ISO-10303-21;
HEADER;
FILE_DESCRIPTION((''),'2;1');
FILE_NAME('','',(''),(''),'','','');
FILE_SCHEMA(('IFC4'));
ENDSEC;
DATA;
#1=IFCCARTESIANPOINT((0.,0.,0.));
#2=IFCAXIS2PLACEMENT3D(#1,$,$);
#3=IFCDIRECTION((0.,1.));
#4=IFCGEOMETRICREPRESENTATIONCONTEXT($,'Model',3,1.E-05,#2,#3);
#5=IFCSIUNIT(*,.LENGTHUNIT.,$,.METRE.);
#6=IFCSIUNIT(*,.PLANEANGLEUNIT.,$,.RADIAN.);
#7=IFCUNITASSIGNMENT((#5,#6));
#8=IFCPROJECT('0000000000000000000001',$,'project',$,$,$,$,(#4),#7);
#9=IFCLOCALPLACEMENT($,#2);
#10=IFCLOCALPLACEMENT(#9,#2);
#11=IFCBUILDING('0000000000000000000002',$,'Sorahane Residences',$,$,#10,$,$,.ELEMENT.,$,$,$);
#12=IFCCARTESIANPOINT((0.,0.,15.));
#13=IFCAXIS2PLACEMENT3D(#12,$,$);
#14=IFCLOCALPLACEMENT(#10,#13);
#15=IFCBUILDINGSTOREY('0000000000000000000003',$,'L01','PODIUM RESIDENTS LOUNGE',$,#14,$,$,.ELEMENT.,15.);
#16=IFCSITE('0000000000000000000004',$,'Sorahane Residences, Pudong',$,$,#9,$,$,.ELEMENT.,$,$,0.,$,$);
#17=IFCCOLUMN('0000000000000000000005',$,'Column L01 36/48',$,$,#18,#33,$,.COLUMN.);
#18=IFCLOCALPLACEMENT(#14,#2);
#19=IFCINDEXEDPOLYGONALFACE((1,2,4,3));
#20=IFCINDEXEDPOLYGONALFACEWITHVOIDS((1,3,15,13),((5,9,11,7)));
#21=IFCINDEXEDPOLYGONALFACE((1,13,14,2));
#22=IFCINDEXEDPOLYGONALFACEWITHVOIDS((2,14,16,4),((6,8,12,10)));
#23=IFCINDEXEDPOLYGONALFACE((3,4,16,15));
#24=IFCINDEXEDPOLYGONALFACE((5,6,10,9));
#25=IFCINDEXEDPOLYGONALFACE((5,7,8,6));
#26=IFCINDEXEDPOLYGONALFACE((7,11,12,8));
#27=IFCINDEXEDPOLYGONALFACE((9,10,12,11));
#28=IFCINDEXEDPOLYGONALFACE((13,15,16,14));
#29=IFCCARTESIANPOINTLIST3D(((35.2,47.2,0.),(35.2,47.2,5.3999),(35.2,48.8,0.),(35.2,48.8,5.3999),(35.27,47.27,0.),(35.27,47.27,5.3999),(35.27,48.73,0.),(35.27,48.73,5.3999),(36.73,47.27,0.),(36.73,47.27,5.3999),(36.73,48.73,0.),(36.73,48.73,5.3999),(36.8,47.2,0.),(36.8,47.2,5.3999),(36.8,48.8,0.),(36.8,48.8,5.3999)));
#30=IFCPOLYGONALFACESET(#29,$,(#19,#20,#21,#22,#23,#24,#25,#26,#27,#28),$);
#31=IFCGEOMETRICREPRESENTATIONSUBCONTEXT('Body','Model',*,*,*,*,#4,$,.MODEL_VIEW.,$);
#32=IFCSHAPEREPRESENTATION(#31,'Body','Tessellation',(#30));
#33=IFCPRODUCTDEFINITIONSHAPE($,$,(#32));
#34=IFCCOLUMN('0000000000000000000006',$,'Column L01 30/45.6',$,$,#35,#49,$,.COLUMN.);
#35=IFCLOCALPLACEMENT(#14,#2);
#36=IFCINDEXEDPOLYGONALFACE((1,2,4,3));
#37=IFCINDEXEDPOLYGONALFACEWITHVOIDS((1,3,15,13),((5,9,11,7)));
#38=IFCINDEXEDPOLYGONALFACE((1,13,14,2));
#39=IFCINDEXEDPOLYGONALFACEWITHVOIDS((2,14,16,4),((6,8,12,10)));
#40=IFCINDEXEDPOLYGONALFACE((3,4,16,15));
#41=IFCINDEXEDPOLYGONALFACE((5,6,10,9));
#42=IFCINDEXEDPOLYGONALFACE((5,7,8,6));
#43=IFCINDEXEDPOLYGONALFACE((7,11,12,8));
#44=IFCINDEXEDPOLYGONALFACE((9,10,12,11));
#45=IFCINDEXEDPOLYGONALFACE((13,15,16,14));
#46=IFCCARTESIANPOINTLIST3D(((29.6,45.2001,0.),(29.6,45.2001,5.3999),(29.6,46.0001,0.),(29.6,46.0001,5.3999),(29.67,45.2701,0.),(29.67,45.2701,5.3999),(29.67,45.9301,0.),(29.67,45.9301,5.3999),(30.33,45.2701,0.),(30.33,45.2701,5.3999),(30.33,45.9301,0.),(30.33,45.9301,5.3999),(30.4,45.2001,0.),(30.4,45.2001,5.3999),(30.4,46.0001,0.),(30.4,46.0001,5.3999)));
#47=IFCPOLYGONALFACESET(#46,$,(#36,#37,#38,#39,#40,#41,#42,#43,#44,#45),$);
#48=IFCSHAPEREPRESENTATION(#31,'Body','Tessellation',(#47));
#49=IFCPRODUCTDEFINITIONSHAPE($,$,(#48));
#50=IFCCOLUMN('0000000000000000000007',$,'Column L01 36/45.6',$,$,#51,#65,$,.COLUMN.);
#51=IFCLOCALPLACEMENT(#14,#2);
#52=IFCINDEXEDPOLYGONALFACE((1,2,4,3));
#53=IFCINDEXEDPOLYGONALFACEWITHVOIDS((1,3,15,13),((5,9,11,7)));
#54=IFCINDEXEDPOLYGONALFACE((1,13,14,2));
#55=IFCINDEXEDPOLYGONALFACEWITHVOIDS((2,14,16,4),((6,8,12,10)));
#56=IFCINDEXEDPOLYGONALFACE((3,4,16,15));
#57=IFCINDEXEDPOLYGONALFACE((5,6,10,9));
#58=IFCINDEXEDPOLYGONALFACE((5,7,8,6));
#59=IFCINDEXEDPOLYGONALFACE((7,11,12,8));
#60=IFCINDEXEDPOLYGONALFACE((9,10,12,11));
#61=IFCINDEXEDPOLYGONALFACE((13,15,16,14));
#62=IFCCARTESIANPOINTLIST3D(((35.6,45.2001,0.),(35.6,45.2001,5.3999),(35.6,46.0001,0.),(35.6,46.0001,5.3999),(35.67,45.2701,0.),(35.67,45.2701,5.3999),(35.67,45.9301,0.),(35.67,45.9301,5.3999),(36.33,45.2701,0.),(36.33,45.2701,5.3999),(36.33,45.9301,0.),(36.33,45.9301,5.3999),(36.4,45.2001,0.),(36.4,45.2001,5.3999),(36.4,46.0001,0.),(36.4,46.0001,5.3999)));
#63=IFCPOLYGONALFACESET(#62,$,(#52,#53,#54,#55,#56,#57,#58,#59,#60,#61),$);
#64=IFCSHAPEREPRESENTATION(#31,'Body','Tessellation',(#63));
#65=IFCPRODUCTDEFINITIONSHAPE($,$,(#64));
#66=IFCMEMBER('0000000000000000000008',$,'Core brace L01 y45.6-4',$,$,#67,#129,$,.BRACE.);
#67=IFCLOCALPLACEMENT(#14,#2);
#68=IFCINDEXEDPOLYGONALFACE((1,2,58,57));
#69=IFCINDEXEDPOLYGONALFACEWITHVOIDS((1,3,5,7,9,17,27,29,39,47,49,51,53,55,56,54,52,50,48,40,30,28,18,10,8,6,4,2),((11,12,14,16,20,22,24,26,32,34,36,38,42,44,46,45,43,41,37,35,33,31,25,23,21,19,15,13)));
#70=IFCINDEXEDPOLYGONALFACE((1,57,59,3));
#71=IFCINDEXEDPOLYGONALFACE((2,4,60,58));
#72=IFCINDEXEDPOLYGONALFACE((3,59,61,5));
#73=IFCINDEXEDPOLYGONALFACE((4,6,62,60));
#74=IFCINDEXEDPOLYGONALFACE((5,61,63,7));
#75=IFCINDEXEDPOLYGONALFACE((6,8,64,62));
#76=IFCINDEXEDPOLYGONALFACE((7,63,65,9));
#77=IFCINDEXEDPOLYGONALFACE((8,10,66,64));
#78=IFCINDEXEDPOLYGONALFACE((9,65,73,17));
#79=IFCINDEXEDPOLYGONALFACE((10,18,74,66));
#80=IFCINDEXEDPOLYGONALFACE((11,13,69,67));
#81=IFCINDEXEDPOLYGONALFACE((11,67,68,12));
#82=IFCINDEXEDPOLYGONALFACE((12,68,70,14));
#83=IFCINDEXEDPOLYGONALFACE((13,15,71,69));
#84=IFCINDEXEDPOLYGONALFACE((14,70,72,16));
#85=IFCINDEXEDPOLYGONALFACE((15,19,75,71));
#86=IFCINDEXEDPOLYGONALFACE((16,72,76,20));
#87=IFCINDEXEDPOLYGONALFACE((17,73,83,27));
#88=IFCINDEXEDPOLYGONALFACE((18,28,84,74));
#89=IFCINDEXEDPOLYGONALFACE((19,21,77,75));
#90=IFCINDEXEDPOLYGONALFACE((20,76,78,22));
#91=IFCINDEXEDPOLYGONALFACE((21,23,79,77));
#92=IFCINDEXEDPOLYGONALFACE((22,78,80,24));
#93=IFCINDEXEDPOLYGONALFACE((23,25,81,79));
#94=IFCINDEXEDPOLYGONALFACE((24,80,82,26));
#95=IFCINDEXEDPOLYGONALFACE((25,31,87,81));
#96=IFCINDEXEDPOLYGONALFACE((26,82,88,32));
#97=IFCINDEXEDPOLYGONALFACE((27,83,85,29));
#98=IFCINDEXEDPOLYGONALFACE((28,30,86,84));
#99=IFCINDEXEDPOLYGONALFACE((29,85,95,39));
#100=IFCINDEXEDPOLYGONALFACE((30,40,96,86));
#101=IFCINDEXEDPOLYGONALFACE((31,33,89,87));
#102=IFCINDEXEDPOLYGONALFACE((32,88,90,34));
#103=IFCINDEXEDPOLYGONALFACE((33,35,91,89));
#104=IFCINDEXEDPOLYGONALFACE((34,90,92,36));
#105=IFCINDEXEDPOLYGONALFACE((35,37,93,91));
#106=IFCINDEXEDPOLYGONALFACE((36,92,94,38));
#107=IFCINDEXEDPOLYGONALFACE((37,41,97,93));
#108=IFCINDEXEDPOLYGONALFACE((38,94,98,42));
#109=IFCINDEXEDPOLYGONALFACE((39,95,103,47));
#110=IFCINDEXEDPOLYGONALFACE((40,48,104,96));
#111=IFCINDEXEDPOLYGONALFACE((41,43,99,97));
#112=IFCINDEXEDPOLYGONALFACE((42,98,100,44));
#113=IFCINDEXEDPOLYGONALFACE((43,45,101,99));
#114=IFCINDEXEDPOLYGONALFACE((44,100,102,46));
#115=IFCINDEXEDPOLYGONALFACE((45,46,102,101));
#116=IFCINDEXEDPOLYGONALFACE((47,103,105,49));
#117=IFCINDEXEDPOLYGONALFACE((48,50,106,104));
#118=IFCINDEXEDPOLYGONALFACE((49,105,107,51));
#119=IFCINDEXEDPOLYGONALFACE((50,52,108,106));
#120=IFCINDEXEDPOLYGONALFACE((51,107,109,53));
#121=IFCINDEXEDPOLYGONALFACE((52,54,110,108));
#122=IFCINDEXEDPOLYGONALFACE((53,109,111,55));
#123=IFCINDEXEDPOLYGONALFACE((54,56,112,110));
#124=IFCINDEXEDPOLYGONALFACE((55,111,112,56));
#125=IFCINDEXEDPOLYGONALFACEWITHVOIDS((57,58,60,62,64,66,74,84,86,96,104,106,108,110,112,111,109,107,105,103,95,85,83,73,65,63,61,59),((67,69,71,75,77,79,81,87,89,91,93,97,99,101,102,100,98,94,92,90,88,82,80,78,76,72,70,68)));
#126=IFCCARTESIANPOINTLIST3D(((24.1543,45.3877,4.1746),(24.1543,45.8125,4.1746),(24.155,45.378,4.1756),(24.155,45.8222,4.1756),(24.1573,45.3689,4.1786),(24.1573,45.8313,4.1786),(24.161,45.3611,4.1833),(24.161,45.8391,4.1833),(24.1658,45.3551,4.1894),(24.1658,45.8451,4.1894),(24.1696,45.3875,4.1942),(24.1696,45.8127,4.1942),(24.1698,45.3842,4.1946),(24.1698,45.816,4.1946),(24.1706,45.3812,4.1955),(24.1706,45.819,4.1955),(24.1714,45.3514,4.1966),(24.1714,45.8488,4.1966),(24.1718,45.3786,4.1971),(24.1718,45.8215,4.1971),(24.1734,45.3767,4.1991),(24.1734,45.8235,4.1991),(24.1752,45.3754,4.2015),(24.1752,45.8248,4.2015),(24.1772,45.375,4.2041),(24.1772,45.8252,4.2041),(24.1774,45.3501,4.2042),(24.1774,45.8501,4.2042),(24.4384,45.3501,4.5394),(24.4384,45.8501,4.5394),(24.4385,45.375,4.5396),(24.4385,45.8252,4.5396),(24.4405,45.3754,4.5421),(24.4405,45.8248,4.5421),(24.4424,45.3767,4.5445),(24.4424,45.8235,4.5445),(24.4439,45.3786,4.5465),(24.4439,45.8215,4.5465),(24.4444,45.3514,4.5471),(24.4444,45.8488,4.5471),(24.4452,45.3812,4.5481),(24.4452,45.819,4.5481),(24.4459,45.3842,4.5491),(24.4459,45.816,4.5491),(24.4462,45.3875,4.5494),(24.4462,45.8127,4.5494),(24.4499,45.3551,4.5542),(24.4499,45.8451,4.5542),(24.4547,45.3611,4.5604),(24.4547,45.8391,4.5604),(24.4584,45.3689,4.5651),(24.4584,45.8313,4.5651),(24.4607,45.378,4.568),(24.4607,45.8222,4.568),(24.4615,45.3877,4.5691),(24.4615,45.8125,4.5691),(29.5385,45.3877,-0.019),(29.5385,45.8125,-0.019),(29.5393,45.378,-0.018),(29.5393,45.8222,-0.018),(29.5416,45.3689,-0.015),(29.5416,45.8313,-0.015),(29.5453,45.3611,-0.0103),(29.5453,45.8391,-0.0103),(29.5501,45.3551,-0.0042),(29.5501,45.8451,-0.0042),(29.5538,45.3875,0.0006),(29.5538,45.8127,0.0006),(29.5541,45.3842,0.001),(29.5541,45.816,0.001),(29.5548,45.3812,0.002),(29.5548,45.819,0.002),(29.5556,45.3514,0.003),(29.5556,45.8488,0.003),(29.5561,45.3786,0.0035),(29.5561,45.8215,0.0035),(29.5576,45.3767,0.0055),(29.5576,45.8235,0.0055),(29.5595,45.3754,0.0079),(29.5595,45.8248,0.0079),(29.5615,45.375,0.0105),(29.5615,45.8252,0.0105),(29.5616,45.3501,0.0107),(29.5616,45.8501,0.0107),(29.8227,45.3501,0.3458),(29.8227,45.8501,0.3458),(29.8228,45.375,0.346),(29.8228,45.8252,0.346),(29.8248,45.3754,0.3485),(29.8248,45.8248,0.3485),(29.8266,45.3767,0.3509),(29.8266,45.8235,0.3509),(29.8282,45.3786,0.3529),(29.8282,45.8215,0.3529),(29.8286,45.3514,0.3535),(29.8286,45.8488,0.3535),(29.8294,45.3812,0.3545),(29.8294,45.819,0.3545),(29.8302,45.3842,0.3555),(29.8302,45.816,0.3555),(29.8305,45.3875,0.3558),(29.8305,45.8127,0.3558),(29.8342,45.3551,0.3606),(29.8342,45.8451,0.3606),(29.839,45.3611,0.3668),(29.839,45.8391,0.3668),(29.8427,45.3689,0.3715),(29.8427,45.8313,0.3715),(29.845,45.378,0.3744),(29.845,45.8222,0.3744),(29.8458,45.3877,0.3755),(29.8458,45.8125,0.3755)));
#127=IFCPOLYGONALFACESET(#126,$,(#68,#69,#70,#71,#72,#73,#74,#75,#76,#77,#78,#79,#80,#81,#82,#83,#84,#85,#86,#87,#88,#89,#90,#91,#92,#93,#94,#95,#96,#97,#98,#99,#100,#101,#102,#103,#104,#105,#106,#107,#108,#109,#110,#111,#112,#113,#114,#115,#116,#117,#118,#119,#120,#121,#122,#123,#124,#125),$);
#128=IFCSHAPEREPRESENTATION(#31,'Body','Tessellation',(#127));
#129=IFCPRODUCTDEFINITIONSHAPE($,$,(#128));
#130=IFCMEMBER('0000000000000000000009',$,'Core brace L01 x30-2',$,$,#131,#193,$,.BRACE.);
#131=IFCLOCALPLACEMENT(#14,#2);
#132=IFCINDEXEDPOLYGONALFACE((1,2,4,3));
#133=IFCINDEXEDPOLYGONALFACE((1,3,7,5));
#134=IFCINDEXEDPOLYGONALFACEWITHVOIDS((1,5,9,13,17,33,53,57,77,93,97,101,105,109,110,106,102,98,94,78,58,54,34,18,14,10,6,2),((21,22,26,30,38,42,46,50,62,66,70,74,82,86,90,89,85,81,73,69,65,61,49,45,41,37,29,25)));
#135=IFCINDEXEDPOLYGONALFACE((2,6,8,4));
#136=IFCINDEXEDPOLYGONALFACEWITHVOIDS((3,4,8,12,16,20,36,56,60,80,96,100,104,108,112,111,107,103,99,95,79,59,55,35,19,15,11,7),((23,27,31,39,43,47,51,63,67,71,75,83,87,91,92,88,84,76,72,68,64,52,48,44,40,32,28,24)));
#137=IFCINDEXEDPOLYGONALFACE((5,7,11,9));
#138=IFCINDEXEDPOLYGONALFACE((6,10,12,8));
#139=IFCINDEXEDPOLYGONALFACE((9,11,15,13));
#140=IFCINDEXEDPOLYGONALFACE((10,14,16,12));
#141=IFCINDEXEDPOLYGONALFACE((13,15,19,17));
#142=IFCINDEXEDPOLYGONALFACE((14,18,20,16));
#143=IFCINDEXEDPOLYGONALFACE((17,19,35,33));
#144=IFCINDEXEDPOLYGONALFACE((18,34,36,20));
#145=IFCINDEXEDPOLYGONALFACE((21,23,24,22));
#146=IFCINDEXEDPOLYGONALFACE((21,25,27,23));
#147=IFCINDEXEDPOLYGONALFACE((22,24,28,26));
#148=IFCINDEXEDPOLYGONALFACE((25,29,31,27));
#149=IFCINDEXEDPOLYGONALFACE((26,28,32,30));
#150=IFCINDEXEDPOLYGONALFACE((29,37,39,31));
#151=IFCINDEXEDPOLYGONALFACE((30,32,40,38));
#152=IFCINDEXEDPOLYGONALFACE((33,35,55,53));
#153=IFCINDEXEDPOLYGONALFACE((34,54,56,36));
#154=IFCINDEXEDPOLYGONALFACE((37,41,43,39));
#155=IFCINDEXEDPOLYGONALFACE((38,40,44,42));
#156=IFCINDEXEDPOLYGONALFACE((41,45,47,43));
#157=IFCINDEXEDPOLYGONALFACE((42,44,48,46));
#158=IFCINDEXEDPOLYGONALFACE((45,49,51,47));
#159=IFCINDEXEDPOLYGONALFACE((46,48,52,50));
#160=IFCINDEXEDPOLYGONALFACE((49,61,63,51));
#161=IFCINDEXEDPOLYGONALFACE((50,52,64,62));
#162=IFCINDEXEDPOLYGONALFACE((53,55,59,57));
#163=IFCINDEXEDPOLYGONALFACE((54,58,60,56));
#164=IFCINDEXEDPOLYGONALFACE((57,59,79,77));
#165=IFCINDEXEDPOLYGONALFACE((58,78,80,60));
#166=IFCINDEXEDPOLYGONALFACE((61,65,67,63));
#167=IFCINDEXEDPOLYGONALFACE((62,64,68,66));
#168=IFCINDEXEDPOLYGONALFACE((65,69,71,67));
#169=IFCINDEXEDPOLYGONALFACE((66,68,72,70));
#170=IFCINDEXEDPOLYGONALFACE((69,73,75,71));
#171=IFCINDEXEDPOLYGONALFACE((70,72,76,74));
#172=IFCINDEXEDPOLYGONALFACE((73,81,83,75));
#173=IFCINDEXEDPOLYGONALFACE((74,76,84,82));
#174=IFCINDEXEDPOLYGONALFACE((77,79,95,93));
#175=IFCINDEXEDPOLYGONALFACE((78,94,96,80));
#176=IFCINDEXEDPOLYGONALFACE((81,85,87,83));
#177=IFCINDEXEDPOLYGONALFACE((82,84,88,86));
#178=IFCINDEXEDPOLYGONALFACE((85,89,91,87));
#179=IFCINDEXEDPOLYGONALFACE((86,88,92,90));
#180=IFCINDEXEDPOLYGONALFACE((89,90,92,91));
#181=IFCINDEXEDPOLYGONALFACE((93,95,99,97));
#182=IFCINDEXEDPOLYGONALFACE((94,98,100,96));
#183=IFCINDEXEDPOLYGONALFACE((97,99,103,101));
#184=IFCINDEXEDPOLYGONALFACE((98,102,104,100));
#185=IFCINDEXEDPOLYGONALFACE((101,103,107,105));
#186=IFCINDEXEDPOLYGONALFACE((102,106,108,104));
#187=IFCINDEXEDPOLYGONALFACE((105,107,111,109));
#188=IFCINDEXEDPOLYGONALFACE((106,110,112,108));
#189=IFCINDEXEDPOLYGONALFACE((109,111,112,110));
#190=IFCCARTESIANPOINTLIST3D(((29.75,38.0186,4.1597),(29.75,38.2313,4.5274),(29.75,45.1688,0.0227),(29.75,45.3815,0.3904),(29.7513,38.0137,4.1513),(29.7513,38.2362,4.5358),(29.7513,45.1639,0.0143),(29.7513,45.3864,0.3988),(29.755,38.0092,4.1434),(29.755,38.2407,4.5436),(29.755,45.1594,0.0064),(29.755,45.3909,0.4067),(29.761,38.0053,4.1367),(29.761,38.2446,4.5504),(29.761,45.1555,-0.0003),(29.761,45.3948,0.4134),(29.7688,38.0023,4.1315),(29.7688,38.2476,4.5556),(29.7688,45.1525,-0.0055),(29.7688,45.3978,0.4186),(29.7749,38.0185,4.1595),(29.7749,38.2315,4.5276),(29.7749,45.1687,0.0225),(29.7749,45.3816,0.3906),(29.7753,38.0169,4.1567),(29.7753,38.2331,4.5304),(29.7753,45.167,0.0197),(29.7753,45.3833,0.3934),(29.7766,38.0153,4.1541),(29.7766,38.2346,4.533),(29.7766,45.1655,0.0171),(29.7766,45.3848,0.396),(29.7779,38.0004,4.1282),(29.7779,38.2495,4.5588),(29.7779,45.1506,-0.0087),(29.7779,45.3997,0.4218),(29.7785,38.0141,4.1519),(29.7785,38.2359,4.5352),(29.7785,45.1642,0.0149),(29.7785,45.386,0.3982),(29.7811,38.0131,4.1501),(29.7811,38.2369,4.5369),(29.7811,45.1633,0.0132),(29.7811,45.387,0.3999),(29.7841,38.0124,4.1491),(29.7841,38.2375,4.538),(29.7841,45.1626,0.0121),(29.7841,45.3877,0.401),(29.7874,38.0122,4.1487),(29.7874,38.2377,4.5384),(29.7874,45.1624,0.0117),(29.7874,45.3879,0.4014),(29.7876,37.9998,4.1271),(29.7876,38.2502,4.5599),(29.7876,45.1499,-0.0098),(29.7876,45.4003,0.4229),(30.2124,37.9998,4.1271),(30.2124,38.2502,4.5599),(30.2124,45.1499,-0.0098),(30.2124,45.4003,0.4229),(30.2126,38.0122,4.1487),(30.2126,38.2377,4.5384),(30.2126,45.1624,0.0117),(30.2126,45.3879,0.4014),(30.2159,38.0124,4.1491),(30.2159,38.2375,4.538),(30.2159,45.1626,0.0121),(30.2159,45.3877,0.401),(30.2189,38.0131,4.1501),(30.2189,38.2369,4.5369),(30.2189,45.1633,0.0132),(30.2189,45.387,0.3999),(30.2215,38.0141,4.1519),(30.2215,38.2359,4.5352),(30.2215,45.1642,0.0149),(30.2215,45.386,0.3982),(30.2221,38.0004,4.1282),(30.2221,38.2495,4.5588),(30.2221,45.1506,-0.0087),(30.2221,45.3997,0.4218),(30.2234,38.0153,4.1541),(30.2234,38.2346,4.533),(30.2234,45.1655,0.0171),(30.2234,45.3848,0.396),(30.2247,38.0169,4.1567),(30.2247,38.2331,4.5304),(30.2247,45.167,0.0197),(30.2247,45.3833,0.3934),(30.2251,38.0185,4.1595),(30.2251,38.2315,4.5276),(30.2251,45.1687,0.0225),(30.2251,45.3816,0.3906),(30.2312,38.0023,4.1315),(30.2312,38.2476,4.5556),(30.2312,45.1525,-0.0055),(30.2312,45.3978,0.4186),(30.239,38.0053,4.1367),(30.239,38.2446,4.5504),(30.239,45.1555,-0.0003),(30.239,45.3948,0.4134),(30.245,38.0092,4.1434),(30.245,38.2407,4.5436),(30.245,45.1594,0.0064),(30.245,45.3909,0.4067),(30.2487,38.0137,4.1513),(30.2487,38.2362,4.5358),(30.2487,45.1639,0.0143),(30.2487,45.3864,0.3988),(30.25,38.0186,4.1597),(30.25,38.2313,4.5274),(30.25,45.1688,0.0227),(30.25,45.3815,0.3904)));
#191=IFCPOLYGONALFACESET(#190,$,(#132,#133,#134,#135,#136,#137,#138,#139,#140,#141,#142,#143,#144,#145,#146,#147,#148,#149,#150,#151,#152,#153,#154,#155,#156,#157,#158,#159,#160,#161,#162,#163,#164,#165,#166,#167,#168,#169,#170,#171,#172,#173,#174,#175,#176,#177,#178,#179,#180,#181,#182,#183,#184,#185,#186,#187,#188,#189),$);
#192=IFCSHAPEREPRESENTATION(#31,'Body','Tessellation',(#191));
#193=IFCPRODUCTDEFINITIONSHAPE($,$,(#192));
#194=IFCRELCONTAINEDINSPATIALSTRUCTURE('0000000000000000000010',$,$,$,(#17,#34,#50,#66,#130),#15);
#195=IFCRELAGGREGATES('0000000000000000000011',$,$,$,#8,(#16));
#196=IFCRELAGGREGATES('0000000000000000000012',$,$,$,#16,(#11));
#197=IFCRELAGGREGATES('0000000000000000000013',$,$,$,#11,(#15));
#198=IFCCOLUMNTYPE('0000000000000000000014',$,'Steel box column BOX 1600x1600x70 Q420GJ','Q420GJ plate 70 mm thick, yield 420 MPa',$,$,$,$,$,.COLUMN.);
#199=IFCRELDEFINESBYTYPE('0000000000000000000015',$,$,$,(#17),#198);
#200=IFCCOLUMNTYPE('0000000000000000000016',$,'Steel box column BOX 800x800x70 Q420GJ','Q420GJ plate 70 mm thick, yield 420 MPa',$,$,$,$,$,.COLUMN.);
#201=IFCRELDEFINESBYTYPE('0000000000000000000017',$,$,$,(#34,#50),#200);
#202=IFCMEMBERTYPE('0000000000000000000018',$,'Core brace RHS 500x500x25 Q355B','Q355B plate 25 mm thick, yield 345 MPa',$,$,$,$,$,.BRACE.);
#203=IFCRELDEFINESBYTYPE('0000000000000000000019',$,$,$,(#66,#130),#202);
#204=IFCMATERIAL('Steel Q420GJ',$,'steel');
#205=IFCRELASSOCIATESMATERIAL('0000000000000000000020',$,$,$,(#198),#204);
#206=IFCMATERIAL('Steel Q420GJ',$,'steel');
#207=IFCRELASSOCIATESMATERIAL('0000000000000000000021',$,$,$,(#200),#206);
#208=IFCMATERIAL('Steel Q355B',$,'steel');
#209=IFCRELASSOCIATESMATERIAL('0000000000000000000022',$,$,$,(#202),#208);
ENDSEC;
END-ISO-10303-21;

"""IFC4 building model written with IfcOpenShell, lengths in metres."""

from ifc_helpers import new_model, si_unit, direction, frame, origin, origin_2d, place, context, subcontext, project, spatial, hollow_rectangle, extrude, material, material_profile, profile_set, type_object, element, save


model = new_model("IFC4")

# Units and contexts
model_context = context("Model", 3, precision=1e-05, world=origin(), true_north=direction((0.0, 1.0)))
body_context = subcontext(model_context, "Body", "Model", "MODEL_VIEW")
ifc_project = project(units=[si_unit("LENGTHUNIT", "METRE"), si_unit("PLANEANGLEUNIT", "RADIAN")], contexts=[model_context])

# Site, building, storey
site_placement = place(None, origin())
site = spatial("IfcSite", under=ifc_project, at=site_placement, Name="Sorahane Residences, Pudong", CompositionType="ELEMENT", RefElevation=0.0)
building_placement = place(site_placement, origin())
building = spatial("IfcBuilding", under=site, at=building_placement, Name="Sorahane Residences", CompositionType="ELEMENT")
storey_placement = place(building_placement, frame((0.0, 0.0, 15.0)))
storey = spatial("IfcBuildingStorey", under=building, at=storey_placement, Name="L01", Description="PODIUM RESIDENTS LOUNGE", CompositionType="ELEMENT", Elevation=15.0)

# Columns
ifc_material_1 = material(Name="Steel Q420GJ", Category="steel")
ifc_material_profile_1 = material_profile(ifc_material_1, hollow_rectangle(XDim=1.6001, YDim=1.6001, WallThickness=0.0701, at=origin_2d()), Name="BOX 1600x1600x70")
ifc_profile_set_1 = profile_set([ifc_material_profile_1], Name="Steel Q420GJ")
column_type_1 = type_object("IfcColumnType", Name="Steel box column BOX 1600x1600x70 Q420GJ", Description="Q420GJ plate 70 mm thick, yield 420 MPa", PredefinedType="COLUMN", material=ifc_profile_set_1)
column_placement = place(storey_placement, frame((36.0, 48.0, 0.0), z_axis=(0.0, 0.0, 1.0), x_axis=(1.0, 0.0, 0.0)))
element("IfcColumn", 1, at=column_placement, inside=storey, type_object=column_type_1, Name="Column L01 36/48", PredefinedType="COLUMN", context=body_context, shape_type="SweptSolid", body=[
    extrude(hollow_rectangle(XDim=1.6001, YDim=1.6001, WallThickness=0.0701, at=origin_2d()), origin(), (0.0, 0.0, 1.0), 5.3999),
])
ifc_material_2 = material(Name="Steel Q420GJ", Category="steel")
ifc_material_profile_2 = material_profile(ifc_material_2, hollow_rectangle(XDim=0.8, YDim=0.8, WallThickness=0.0701, at=origin_2d()), Name="BOX 800x800x70")
ifc_profile_set_2 = profile_set([ifc_material_profile_2], Name="Steel Q420GJ")
column_type_2 = type_object("IfcColumnType", Name="Steel box column BOX 800x800x70 Q420GJ", Description="Q420GJ plate 70 mm thick, yield 420 MPa", PredefinedType="COLUMN", material=ifc_profile_set_2)
for number, where, z_axis, x_axis, name in (
    (2, (30.0, 45.6001, 0.0), (0.0, 0.0, 1.0), (1.0, 0.0, 0.0), "Column L01 30/45.6"),
    (3, (36.0, 45.6001, 0.0), (0.0, 0.0, 1.0), (1.0, 0.0, 0.0), "Column L01 36/45.6"),
):
    element("IfcColumn", number, at=place(storey_placement, frame(where, z_axis=z_axis, x_axis=x_axis)), inside=storey, type_object=column_type_2, Name=name, PredefinedType="COLUMN", context=body_context, shape_type="SweptSolid", body=[
        extrude(hollow_rectangle(XDim=0.8, YDim=0.8, WallThickness=0.0701, at=origin_2d()), origin(), (0.0, 0.0, 1.0), 5.3999),
    ])

# Members
ifc_material_3 = material(Name="Steel Q355B", Category="steel")
ifc_material_profile_3 = material_profile(ifc_material_3, hollow_rectangle(XDim=0.5, YDim=0.5, WallThickness=0.0249, InnerFilletRadius=0.0125, OuterFilletRadius=0.0376, at=origin_2d()), Name="RHS 500x500x25")
ifc_profile_set_3 = profile_set([ifc_material_profile_3], Name="Steel Q355B")
member_type = type_object("IfcMemberType", Name="Core brace RHS 500x500x25 Q355B", Description="Q355B plate 25 mm thick, yield 345 MPa", PredefinedType="BRACE", material=ifc_profile_set_3)
member_1_placement = place(storey_placement, frame((29.6921, 45.6001, 0.1782), z_axis=(-0.788938, 0.0, 0.614473), x_axis=(0.0, -1.0, 0.0)))
element("IfcMember", 4, at=member_1_placement, inside=storey, type_object=member_type, Name="Core brace L01 y45.6-4", PredefinedType="BRACE", context=body_context, shape_type="SweptSolid", body=[
    extrude(hollow_rectangle(XDim=0.5, YDim=0.5, WallThickness=0.0249, InnerFilletRadius=0.0125, OuterFilletRadius=0.0376, at=origin_2d()), origin(), (0.0, 0.0, 1.0), 6.8247),
])
member_2_placement = place(storey_placement, frame((30.0, 45.2751, 0.2065), z_axis=(0.0, -0.865562, 0.500801), x_axis=(1.0, 0.0, 0.0)))
element("IfcMember", 5, at=member_2_placement, inside=storey, type_object=member_type, Name="Core brace L01 x30-2", PredefinedType="BRACE", context=body_context, shape_type="SweptSolid", body=[
    extrude(hollow_rectangle(XDim=0.5, YDim=0.5, WallThickness=0.0249, InnerFilletRadius=0.0125, OuterFilletRadius=0.0376, at=origin_2d()), origin(), (0.0, 0.0, 1.0), 8.2607),
])

save(model, "model.ifc")
